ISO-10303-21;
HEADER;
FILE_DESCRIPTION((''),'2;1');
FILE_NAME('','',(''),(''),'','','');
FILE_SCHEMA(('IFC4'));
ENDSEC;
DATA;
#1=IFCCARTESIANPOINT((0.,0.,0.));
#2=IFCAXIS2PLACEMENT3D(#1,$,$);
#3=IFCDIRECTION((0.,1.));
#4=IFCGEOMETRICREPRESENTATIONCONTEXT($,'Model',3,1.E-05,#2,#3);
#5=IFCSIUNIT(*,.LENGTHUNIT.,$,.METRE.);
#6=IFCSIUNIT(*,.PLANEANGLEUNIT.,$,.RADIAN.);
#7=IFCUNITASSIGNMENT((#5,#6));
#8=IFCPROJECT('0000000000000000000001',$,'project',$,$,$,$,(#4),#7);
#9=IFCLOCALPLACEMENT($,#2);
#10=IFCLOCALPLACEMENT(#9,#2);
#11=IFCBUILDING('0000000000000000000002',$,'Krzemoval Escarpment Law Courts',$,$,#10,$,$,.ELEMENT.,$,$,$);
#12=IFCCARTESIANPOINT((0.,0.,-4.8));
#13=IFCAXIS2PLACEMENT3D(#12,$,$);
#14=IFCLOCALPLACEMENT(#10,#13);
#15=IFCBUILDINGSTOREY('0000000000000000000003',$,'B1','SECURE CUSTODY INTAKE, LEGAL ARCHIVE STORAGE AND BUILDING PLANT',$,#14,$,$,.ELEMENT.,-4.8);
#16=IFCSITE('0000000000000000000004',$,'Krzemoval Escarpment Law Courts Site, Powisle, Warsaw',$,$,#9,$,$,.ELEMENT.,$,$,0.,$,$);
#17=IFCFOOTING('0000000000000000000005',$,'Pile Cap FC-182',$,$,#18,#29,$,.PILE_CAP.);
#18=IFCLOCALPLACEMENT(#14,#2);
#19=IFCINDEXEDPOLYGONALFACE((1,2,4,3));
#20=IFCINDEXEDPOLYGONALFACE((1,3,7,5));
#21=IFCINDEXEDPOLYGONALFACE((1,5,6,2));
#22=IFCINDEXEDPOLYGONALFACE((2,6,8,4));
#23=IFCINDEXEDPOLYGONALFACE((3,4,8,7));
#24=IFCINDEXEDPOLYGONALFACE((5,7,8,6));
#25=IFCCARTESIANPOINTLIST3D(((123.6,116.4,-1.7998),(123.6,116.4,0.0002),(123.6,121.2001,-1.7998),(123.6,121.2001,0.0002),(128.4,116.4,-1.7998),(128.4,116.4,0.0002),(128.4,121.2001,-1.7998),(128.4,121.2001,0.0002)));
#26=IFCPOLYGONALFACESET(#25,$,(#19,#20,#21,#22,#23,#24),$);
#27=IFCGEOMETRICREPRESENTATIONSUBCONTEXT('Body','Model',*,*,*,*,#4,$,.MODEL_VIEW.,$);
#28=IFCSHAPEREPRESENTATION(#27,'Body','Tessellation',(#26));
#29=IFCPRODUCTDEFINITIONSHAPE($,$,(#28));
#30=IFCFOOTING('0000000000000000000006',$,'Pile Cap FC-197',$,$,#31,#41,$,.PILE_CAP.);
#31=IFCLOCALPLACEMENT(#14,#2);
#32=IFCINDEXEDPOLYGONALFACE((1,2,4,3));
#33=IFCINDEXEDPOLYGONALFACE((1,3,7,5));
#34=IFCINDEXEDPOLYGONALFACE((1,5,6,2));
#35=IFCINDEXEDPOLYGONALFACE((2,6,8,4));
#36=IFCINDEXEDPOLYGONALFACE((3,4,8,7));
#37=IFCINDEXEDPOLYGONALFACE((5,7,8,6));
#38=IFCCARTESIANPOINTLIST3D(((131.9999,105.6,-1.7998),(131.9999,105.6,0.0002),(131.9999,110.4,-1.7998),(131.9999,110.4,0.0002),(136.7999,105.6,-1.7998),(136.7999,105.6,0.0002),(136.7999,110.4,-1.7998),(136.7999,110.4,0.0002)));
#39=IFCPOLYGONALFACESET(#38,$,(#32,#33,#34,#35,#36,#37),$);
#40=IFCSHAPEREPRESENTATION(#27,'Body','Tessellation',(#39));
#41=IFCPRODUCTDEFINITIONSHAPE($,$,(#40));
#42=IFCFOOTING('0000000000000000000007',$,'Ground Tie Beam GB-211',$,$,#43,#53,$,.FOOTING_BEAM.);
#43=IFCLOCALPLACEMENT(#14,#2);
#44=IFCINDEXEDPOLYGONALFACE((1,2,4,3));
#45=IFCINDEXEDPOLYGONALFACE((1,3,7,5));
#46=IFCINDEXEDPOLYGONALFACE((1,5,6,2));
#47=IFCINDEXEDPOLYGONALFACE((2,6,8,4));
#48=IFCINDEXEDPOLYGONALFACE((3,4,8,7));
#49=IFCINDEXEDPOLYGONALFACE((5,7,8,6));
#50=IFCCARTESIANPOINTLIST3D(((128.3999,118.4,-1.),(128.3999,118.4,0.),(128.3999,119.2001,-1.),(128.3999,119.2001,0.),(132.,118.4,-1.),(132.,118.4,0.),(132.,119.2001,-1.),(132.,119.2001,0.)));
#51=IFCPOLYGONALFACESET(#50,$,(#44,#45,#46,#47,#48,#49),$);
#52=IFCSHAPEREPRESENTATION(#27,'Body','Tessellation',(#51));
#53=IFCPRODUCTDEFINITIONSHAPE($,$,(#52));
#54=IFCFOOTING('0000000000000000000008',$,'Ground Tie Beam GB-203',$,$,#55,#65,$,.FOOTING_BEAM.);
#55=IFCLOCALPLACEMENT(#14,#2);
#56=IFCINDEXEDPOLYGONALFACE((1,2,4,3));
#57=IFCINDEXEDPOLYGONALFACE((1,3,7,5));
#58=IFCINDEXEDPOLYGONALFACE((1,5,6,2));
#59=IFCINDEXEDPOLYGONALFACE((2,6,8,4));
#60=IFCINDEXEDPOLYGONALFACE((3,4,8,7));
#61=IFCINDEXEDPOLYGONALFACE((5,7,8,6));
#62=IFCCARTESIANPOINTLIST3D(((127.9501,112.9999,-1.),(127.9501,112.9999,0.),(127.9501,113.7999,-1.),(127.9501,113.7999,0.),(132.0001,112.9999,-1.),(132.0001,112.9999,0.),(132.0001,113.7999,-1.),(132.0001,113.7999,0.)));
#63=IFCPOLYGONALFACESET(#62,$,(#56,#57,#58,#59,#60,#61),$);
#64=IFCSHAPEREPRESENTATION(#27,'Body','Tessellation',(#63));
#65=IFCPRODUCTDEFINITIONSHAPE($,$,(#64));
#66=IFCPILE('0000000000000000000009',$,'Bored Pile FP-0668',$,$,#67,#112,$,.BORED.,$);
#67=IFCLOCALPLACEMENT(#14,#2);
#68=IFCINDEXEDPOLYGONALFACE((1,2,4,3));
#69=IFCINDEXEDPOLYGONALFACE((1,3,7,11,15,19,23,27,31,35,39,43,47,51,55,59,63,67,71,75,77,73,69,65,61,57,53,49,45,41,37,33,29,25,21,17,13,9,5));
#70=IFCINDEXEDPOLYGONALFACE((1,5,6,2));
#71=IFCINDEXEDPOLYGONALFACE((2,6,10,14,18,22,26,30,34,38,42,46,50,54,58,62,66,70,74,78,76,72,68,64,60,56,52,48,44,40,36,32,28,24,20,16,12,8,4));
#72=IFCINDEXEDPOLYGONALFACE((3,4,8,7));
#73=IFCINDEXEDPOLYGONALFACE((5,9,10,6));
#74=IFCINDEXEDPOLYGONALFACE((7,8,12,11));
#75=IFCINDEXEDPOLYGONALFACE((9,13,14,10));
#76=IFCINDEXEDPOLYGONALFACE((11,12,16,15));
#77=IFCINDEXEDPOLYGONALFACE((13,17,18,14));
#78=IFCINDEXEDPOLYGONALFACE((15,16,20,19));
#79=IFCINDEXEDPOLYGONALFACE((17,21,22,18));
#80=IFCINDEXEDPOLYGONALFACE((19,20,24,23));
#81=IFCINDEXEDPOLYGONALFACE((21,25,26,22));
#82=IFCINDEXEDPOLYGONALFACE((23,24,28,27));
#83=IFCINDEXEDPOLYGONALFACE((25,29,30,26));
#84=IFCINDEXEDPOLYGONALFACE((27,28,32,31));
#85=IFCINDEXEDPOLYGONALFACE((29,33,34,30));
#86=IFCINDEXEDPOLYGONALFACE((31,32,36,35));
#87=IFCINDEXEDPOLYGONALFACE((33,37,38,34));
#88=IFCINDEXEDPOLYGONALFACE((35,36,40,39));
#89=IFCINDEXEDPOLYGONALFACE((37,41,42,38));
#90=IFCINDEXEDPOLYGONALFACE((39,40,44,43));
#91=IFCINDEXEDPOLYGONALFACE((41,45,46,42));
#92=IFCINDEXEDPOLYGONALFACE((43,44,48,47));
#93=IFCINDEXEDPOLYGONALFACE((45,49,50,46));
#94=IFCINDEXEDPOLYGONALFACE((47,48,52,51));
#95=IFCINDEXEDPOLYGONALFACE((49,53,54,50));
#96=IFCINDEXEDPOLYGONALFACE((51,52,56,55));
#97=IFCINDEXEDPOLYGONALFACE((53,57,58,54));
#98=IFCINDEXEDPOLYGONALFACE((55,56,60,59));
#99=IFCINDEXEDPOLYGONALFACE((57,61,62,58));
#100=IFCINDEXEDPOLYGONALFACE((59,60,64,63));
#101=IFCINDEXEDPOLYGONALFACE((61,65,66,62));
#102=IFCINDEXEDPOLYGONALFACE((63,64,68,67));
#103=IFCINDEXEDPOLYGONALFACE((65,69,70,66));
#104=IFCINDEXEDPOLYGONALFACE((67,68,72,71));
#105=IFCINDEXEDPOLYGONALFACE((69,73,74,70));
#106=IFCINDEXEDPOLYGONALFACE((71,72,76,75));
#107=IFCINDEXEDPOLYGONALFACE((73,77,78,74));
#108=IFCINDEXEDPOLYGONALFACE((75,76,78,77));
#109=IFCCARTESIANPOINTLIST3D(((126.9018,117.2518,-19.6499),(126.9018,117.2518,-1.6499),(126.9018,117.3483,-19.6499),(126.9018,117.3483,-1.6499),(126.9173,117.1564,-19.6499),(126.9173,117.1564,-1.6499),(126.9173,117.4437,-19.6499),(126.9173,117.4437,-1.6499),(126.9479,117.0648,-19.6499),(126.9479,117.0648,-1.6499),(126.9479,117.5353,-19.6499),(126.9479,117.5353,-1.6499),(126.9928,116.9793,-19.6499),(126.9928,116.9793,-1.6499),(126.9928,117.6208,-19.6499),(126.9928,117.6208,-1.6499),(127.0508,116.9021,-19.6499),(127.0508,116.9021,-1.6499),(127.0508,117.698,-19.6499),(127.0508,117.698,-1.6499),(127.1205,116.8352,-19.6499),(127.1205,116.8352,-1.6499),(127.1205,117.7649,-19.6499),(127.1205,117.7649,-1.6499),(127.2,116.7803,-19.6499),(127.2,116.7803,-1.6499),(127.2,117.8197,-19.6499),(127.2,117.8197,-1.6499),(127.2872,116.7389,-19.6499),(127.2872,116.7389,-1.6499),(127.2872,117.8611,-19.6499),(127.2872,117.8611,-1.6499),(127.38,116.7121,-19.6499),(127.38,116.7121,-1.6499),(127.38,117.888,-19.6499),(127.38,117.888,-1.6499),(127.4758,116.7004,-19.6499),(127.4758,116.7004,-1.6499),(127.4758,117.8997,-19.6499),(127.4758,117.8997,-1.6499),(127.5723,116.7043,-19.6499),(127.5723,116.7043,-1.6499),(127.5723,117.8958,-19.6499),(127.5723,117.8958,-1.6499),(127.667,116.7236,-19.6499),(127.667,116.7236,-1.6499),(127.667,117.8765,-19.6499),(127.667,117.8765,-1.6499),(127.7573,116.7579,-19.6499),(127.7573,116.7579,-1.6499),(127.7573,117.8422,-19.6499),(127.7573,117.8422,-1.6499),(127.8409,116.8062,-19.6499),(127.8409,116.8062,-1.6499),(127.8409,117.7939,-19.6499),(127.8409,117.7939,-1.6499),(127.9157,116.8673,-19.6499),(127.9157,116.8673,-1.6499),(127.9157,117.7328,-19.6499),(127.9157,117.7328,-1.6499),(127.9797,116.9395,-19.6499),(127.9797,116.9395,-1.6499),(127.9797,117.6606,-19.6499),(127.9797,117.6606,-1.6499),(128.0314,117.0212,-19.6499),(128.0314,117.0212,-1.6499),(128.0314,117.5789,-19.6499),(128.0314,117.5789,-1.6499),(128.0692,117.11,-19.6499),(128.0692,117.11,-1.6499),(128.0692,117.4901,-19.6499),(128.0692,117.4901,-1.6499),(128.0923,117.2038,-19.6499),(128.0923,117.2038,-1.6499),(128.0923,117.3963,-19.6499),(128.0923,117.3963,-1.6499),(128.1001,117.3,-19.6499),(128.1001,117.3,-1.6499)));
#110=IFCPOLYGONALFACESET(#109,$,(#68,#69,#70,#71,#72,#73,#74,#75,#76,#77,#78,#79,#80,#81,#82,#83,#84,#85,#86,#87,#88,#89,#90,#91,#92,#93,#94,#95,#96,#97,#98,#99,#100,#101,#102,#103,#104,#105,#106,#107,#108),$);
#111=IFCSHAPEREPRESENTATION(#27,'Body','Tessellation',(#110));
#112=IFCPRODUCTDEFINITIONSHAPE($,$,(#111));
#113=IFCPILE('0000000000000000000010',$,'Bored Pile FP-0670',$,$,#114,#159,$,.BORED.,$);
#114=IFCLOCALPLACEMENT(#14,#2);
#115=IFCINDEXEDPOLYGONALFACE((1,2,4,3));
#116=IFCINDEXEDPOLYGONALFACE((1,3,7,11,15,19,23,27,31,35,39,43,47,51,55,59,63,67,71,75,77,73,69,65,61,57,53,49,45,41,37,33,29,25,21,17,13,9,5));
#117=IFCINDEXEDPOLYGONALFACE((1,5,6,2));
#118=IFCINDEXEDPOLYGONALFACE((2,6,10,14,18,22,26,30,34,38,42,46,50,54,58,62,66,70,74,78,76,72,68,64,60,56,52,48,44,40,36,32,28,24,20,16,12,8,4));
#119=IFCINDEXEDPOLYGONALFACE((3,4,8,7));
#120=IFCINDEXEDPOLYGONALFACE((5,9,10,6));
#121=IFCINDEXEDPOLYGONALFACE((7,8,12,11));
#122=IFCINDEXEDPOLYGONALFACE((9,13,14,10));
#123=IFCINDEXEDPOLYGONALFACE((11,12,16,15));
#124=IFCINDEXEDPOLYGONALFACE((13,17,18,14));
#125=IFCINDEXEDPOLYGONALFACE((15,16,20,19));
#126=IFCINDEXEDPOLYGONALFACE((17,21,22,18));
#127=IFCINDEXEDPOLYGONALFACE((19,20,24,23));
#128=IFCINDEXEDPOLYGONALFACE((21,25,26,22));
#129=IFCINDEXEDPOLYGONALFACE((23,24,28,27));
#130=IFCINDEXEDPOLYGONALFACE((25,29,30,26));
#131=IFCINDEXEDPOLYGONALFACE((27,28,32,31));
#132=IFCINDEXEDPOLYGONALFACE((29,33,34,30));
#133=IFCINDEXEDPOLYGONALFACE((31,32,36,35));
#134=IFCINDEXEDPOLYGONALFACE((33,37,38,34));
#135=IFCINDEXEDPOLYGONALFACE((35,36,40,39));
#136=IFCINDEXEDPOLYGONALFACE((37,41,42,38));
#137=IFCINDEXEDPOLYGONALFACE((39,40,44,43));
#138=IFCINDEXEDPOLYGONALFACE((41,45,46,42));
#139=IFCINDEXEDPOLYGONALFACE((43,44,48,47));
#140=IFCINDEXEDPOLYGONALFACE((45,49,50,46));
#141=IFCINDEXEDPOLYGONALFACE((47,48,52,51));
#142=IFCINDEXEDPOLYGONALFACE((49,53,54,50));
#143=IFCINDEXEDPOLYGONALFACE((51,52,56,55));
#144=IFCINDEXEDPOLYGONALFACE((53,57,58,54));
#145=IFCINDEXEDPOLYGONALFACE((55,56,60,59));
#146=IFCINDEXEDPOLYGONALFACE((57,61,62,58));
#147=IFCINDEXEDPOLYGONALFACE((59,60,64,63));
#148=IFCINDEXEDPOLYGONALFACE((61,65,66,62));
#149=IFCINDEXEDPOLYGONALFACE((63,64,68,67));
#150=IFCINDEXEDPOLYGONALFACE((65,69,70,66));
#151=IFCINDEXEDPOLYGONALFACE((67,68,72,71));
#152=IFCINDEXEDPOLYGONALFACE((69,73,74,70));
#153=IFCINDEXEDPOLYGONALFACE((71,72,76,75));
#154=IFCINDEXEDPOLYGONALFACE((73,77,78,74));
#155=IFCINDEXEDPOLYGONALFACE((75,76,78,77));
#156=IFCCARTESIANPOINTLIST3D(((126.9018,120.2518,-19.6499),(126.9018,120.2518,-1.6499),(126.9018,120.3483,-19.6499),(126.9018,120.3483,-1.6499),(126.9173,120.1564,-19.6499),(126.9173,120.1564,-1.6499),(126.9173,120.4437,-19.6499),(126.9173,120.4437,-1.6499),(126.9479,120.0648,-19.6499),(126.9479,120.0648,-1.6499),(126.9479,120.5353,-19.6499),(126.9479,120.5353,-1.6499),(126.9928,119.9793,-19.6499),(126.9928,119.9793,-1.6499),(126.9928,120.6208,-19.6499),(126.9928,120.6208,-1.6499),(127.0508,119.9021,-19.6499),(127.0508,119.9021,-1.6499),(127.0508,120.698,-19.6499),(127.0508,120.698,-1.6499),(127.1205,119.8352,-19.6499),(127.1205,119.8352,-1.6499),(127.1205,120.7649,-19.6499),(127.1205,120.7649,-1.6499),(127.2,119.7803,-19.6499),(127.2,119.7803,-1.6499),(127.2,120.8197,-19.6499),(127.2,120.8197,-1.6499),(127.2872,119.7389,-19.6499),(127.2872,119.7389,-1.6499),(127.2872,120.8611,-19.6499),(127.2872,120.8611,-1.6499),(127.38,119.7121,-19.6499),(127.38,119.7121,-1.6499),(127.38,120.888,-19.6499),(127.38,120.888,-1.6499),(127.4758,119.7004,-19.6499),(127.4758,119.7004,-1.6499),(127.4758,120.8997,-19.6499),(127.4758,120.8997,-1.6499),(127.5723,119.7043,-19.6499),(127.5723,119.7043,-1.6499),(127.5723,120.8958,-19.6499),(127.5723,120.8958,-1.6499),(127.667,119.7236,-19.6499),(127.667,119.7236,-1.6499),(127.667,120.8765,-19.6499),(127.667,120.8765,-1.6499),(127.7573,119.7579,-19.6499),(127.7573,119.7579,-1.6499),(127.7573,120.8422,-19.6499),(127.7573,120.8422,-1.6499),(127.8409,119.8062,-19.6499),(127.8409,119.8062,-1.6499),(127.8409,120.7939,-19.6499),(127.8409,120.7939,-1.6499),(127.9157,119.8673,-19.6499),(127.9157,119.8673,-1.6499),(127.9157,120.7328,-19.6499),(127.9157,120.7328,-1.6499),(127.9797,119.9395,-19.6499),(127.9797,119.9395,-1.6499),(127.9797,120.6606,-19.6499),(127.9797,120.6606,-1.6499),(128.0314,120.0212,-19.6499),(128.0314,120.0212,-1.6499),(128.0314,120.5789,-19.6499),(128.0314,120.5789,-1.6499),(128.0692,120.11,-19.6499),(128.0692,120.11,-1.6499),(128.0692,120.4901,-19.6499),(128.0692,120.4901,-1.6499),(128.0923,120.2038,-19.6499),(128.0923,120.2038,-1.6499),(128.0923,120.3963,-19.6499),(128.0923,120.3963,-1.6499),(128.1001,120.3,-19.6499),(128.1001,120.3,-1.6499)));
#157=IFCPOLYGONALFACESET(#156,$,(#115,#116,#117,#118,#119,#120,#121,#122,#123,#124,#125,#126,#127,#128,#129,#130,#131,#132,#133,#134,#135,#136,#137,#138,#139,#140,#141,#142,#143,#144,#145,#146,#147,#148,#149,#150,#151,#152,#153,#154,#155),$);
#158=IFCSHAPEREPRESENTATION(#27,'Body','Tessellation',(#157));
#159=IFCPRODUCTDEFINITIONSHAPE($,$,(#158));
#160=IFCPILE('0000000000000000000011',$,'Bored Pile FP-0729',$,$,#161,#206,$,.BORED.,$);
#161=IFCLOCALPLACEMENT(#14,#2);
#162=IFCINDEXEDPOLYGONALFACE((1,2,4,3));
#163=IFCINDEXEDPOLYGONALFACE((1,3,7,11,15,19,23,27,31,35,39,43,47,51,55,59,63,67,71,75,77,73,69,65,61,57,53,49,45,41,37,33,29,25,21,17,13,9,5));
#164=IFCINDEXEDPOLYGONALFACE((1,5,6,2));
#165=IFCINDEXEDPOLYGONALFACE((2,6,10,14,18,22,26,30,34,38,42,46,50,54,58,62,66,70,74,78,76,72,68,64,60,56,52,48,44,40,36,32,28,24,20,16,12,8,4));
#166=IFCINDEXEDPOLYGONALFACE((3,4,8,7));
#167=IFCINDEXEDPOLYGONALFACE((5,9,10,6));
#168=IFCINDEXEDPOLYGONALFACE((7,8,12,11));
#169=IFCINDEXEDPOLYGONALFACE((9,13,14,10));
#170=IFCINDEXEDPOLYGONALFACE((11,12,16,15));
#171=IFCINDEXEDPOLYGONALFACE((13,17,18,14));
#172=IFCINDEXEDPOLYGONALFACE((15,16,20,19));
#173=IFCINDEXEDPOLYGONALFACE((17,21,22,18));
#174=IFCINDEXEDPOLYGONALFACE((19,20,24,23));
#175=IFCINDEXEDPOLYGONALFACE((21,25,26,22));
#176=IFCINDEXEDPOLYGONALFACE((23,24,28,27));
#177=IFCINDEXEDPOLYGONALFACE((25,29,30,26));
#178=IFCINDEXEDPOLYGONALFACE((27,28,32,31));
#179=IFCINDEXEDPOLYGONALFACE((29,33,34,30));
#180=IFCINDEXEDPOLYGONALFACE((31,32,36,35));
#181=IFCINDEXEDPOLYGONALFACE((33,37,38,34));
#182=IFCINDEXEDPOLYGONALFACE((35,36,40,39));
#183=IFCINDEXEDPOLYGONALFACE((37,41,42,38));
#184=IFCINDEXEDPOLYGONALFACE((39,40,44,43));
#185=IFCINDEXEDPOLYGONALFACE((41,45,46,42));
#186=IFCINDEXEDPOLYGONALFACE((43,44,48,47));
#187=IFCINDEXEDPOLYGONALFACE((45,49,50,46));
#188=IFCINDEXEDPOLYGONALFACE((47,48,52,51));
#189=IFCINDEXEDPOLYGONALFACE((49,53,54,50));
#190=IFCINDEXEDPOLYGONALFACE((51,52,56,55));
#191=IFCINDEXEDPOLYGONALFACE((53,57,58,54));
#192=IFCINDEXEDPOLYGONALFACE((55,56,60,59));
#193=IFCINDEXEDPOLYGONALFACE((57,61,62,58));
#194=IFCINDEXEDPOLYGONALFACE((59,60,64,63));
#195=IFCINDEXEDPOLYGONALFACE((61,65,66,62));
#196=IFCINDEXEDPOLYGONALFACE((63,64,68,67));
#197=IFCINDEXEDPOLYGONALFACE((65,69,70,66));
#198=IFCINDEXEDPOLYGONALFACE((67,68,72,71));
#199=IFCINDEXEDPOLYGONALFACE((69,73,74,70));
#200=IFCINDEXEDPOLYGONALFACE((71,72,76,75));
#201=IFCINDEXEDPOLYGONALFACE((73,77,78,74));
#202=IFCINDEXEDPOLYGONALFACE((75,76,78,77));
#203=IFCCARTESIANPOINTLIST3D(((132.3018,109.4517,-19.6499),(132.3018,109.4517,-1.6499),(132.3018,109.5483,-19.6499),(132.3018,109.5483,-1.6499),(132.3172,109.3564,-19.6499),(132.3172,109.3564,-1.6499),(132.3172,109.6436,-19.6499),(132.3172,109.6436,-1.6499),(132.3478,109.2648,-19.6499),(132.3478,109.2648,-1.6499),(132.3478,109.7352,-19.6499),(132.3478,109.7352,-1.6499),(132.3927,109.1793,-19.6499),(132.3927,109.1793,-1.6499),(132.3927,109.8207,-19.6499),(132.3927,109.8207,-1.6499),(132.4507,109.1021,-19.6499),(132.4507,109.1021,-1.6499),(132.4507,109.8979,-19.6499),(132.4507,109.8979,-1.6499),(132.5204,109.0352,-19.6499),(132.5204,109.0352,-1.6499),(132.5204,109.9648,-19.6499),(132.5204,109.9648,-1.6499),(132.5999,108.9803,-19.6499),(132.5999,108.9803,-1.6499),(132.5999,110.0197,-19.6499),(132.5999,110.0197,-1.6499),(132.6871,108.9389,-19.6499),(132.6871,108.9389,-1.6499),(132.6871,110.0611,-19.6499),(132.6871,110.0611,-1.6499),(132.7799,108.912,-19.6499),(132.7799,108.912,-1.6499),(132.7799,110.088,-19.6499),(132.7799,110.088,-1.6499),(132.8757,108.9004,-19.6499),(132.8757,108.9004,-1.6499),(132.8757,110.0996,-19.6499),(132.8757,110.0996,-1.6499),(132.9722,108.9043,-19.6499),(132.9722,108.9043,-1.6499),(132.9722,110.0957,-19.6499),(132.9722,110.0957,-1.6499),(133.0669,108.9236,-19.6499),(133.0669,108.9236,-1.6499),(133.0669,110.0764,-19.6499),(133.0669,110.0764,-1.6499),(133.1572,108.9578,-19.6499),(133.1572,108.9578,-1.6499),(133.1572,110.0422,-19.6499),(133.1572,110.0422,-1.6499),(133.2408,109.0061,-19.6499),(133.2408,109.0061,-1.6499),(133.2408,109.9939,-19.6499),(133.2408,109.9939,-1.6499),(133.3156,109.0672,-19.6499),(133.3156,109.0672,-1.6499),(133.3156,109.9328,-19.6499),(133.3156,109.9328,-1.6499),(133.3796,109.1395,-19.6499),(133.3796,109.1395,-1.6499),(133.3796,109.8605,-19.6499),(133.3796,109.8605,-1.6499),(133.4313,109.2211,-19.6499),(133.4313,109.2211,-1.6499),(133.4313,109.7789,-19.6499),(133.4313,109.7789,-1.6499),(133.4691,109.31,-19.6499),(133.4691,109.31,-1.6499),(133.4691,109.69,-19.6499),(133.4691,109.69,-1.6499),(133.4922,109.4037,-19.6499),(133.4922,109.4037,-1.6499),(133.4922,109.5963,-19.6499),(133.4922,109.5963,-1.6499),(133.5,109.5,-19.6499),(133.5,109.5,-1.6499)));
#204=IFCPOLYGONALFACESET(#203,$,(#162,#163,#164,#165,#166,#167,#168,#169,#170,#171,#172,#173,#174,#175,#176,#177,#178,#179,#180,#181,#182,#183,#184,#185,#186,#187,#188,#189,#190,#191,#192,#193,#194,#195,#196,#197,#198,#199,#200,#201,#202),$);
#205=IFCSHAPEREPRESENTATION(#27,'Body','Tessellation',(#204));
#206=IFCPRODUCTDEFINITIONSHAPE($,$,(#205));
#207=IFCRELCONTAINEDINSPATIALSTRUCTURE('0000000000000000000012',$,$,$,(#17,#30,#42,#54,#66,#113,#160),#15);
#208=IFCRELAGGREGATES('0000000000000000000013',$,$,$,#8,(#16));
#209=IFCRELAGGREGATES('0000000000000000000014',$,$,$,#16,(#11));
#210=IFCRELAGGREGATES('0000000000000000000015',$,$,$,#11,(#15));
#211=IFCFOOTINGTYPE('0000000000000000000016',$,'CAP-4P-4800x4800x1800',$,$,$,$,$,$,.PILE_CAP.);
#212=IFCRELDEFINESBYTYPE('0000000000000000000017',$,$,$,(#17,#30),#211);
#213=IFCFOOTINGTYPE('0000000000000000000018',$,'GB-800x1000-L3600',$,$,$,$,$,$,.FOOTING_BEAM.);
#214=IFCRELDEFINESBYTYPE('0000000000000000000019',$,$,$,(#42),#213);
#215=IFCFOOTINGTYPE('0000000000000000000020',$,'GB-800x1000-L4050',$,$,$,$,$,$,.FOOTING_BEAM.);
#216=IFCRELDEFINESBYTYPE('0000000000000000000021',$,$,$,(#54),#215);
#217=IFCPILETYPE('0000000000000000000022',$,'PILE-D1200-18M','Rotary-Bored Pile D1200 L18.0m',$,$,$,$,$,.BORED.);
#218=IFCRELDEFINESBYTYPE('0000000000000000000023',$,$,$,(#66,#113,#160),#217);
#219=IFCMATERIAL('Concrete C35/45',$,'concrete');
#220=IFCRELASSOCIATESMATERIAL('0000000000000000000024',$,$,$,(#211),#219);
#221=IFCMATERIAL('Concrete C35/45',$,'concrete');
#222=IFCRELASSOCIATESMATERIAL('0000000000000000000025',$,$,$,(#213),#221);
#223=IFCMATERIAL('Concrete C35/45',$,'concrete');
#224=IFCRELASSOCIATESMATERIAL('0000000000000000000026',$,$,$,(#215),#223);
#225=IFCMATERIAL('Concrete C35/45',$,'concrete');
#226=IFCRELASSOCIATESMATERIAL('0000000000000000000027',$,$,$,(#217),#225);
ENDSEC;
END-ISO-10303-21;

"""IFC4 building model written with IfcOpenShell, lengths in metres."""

from ifc_helpers import new_model, si_unit, direction, frame, origin, origin_2d, place, context, subcontext, project, spatial, rectangle, circle, extrude, material, material_profile, profile_set, type_object, element, save


model = new_model("IFC4")

# Units and contexts
model_context = context("Model", 3, precision=1e-05, world=origin(), true_north=direction((0.0, 1.0)))
body_context = subcontext(model_context, "Body", "Model", "MODEL_VIEW")
ifc_project = project(units=[si_unit("LENGTHUNIT", "METRE"), si_unit("PLANEANGLEUNIT", "RADIAN")], contexts=[model_context])

# Site, building, storey
site_placement = place(None, origin())
site = spatial("IfcSite", under=ifc_project, at=site_placement, Name="Krzemoval Escarpment Law Courts Site, Powisle, Warsaw", CompositionType="ELEMENT", RefElevation=0.0)
building_placement = place(site_placement, origin())
building = spatial("IfcBuilding", under=site, at=building_placement, Name="Krzemoval Escarpment Law Courts", CompositionType="ELEMENT")
storey_placement = place(building_placement, frame((0.0, 0.0, -4.8)))
storey = spatial("IfcBuildingStorey", under=building, at=storey_placement, Name="B1", Description="SECURE CUSTODY INTAKE, LEGAL ARCHIVE STORAGE AND BUILDING PLANT", CompositionType="ELEMENT", Elevation=-4.8)

# Footings
ifc_material_1 = material(Name="Concrete C35/45", Category="concrete")
footing_type_1 = type_object("IfcFootingType", Name="CAP-4P-4800x4800x1800", PredefinedType="PILE_CAP", material=ifc_material_1)
for number, where, z_axis, x_axis, name in (
    (1, (126.0, 118.8, -1.7998), (0.0, 0.0, 1.0), (1.0, 0.0, 0.0), "Pile Cap FC-182"),
    (2, (134.3999, 108.0, -1.7998), (0.0, 0.0, 1.0), (1.0, 0.0, 0.0), "Pile Cap FC-197"),
):
    element("IfcFooting", number, at=place(storey_placement, frame(where, z_axis=z_axis, x_axis=x_axis)), inside=storey, type_object=footing_type_1, Name=name, PredefinedType="PILE_CAP", context=body_context, shape_type="SweptSolid", body=[
        extrude(rectangle(XDim=4.8, YDim=4.8, at=origin_2d()), origin(), (0.0, 0.0, 1.0), 1.8),
    ])
ifc_material_2 = material(Name="Concrete C35/45", Category="concrete")
footing_type_2 = type_object("IfcFootingType", Name="GB-800x1000-L3600", PredefinedType="FOOTING_BEAM", material=ifc_material_2)
footing_1_placement = place(storey_placement, frame((130.2, 118.8, -1.0), z_axis=(0.0, 0.0, 1.0), x_axis=(1.0, 0.0, 0.0)))
element("IfcFooting", 3, at=footing_1_placement, inside=storey, type_object=footing_type_2, Name="Ground Tie Beam GB-211", PredefinedType="FOOTING_BEAM", context=body_context, shape_type="SweptSolid", body=[
    extrude(rectangle(XDim=3.6001, YDim=0.8, at=origin_2d()), origin(), (0.0, 0.0, 1.0), 1.0),
])
ifc_material_3 = material(Name="Concrete C35/45", Category="concrete")
footing_type_3 = type_object("IfcFootingType", Name="GB-800x1000-L4050", PredefinedType="FOOTING_BEAM", material=ifc_material_3)
footing_2_placement = place(storey_placement, frame((129.9751, 113.3999, -1.0), z_axis=(0.0, 0.0, 1.0), x_axis=(1.0, 0.0, 0.0)))
element("IfcFooting", 4, at=footing_2_placement, inside=storey, type_object=footing_type_3, Name="Ground Tie Beam GB-203", PredefinedType="FOOTING_BEAM", context=body_context, shape_type="SweptSolid", body=[
    extrude(rectangle(XDim=4.05, YDim=0.8, at=origin_2d()), origin(), (0.0, 0.0, 1.0), 1.0),
])

# Piles
ifc_material_4 = material(Name="Concrete C35/45", Category="concrete")
ifc_material_profile_1 = material_profile(ifc_material_4, circle(Radius=0.6001, at=origin_2d()), Name="PILE D1200")
ifc_profile_set_1 = profile_set([ifc_material_profile_1], Name="Concrete C35/45")
pile_type_1 = type_object("IfcPileType", Name="PILE-D1200-18M", Description="Rotary-Bored Pile D1200 L18.0m", PredefinedType="BORED", material=ifc_profile_set_1)
for number, where, z_axis, x_axis, name in (
    (5, (127.5, 117.3, -1.6499), (0.0, 0.0, -1.0), (1.0, 0.0, 0.0), "Bored Pile FP-0668"),
    (6, (127.5, 120.3, -1.6499), (0.0, 0.0, -1.0), (1.0, 0.0, 0.0), "Bored Pile FP-0670"),
    (7, (132.8999, 109.5, -1.6499), (0.0, 0.0, -1.0), (1.0, 0.0, 0.0), "Bored Pile FP-0729"),
):
    element("IfcPile", number, at=place(storey_placement, frame(where, z_axis=z_axis, x_axis=x_axis)), inside=storey, type_object=pile_type_1, Name=name, PredefinedType="BORED", context=body_context, shape_type="SweptSolid", body=[
        extrude(circle(Radius=0.6001, at=origin_2d()), origin(), (0.0, 0.0, 1.0), 18.0),
    ])

save(model, "model.ifc")
